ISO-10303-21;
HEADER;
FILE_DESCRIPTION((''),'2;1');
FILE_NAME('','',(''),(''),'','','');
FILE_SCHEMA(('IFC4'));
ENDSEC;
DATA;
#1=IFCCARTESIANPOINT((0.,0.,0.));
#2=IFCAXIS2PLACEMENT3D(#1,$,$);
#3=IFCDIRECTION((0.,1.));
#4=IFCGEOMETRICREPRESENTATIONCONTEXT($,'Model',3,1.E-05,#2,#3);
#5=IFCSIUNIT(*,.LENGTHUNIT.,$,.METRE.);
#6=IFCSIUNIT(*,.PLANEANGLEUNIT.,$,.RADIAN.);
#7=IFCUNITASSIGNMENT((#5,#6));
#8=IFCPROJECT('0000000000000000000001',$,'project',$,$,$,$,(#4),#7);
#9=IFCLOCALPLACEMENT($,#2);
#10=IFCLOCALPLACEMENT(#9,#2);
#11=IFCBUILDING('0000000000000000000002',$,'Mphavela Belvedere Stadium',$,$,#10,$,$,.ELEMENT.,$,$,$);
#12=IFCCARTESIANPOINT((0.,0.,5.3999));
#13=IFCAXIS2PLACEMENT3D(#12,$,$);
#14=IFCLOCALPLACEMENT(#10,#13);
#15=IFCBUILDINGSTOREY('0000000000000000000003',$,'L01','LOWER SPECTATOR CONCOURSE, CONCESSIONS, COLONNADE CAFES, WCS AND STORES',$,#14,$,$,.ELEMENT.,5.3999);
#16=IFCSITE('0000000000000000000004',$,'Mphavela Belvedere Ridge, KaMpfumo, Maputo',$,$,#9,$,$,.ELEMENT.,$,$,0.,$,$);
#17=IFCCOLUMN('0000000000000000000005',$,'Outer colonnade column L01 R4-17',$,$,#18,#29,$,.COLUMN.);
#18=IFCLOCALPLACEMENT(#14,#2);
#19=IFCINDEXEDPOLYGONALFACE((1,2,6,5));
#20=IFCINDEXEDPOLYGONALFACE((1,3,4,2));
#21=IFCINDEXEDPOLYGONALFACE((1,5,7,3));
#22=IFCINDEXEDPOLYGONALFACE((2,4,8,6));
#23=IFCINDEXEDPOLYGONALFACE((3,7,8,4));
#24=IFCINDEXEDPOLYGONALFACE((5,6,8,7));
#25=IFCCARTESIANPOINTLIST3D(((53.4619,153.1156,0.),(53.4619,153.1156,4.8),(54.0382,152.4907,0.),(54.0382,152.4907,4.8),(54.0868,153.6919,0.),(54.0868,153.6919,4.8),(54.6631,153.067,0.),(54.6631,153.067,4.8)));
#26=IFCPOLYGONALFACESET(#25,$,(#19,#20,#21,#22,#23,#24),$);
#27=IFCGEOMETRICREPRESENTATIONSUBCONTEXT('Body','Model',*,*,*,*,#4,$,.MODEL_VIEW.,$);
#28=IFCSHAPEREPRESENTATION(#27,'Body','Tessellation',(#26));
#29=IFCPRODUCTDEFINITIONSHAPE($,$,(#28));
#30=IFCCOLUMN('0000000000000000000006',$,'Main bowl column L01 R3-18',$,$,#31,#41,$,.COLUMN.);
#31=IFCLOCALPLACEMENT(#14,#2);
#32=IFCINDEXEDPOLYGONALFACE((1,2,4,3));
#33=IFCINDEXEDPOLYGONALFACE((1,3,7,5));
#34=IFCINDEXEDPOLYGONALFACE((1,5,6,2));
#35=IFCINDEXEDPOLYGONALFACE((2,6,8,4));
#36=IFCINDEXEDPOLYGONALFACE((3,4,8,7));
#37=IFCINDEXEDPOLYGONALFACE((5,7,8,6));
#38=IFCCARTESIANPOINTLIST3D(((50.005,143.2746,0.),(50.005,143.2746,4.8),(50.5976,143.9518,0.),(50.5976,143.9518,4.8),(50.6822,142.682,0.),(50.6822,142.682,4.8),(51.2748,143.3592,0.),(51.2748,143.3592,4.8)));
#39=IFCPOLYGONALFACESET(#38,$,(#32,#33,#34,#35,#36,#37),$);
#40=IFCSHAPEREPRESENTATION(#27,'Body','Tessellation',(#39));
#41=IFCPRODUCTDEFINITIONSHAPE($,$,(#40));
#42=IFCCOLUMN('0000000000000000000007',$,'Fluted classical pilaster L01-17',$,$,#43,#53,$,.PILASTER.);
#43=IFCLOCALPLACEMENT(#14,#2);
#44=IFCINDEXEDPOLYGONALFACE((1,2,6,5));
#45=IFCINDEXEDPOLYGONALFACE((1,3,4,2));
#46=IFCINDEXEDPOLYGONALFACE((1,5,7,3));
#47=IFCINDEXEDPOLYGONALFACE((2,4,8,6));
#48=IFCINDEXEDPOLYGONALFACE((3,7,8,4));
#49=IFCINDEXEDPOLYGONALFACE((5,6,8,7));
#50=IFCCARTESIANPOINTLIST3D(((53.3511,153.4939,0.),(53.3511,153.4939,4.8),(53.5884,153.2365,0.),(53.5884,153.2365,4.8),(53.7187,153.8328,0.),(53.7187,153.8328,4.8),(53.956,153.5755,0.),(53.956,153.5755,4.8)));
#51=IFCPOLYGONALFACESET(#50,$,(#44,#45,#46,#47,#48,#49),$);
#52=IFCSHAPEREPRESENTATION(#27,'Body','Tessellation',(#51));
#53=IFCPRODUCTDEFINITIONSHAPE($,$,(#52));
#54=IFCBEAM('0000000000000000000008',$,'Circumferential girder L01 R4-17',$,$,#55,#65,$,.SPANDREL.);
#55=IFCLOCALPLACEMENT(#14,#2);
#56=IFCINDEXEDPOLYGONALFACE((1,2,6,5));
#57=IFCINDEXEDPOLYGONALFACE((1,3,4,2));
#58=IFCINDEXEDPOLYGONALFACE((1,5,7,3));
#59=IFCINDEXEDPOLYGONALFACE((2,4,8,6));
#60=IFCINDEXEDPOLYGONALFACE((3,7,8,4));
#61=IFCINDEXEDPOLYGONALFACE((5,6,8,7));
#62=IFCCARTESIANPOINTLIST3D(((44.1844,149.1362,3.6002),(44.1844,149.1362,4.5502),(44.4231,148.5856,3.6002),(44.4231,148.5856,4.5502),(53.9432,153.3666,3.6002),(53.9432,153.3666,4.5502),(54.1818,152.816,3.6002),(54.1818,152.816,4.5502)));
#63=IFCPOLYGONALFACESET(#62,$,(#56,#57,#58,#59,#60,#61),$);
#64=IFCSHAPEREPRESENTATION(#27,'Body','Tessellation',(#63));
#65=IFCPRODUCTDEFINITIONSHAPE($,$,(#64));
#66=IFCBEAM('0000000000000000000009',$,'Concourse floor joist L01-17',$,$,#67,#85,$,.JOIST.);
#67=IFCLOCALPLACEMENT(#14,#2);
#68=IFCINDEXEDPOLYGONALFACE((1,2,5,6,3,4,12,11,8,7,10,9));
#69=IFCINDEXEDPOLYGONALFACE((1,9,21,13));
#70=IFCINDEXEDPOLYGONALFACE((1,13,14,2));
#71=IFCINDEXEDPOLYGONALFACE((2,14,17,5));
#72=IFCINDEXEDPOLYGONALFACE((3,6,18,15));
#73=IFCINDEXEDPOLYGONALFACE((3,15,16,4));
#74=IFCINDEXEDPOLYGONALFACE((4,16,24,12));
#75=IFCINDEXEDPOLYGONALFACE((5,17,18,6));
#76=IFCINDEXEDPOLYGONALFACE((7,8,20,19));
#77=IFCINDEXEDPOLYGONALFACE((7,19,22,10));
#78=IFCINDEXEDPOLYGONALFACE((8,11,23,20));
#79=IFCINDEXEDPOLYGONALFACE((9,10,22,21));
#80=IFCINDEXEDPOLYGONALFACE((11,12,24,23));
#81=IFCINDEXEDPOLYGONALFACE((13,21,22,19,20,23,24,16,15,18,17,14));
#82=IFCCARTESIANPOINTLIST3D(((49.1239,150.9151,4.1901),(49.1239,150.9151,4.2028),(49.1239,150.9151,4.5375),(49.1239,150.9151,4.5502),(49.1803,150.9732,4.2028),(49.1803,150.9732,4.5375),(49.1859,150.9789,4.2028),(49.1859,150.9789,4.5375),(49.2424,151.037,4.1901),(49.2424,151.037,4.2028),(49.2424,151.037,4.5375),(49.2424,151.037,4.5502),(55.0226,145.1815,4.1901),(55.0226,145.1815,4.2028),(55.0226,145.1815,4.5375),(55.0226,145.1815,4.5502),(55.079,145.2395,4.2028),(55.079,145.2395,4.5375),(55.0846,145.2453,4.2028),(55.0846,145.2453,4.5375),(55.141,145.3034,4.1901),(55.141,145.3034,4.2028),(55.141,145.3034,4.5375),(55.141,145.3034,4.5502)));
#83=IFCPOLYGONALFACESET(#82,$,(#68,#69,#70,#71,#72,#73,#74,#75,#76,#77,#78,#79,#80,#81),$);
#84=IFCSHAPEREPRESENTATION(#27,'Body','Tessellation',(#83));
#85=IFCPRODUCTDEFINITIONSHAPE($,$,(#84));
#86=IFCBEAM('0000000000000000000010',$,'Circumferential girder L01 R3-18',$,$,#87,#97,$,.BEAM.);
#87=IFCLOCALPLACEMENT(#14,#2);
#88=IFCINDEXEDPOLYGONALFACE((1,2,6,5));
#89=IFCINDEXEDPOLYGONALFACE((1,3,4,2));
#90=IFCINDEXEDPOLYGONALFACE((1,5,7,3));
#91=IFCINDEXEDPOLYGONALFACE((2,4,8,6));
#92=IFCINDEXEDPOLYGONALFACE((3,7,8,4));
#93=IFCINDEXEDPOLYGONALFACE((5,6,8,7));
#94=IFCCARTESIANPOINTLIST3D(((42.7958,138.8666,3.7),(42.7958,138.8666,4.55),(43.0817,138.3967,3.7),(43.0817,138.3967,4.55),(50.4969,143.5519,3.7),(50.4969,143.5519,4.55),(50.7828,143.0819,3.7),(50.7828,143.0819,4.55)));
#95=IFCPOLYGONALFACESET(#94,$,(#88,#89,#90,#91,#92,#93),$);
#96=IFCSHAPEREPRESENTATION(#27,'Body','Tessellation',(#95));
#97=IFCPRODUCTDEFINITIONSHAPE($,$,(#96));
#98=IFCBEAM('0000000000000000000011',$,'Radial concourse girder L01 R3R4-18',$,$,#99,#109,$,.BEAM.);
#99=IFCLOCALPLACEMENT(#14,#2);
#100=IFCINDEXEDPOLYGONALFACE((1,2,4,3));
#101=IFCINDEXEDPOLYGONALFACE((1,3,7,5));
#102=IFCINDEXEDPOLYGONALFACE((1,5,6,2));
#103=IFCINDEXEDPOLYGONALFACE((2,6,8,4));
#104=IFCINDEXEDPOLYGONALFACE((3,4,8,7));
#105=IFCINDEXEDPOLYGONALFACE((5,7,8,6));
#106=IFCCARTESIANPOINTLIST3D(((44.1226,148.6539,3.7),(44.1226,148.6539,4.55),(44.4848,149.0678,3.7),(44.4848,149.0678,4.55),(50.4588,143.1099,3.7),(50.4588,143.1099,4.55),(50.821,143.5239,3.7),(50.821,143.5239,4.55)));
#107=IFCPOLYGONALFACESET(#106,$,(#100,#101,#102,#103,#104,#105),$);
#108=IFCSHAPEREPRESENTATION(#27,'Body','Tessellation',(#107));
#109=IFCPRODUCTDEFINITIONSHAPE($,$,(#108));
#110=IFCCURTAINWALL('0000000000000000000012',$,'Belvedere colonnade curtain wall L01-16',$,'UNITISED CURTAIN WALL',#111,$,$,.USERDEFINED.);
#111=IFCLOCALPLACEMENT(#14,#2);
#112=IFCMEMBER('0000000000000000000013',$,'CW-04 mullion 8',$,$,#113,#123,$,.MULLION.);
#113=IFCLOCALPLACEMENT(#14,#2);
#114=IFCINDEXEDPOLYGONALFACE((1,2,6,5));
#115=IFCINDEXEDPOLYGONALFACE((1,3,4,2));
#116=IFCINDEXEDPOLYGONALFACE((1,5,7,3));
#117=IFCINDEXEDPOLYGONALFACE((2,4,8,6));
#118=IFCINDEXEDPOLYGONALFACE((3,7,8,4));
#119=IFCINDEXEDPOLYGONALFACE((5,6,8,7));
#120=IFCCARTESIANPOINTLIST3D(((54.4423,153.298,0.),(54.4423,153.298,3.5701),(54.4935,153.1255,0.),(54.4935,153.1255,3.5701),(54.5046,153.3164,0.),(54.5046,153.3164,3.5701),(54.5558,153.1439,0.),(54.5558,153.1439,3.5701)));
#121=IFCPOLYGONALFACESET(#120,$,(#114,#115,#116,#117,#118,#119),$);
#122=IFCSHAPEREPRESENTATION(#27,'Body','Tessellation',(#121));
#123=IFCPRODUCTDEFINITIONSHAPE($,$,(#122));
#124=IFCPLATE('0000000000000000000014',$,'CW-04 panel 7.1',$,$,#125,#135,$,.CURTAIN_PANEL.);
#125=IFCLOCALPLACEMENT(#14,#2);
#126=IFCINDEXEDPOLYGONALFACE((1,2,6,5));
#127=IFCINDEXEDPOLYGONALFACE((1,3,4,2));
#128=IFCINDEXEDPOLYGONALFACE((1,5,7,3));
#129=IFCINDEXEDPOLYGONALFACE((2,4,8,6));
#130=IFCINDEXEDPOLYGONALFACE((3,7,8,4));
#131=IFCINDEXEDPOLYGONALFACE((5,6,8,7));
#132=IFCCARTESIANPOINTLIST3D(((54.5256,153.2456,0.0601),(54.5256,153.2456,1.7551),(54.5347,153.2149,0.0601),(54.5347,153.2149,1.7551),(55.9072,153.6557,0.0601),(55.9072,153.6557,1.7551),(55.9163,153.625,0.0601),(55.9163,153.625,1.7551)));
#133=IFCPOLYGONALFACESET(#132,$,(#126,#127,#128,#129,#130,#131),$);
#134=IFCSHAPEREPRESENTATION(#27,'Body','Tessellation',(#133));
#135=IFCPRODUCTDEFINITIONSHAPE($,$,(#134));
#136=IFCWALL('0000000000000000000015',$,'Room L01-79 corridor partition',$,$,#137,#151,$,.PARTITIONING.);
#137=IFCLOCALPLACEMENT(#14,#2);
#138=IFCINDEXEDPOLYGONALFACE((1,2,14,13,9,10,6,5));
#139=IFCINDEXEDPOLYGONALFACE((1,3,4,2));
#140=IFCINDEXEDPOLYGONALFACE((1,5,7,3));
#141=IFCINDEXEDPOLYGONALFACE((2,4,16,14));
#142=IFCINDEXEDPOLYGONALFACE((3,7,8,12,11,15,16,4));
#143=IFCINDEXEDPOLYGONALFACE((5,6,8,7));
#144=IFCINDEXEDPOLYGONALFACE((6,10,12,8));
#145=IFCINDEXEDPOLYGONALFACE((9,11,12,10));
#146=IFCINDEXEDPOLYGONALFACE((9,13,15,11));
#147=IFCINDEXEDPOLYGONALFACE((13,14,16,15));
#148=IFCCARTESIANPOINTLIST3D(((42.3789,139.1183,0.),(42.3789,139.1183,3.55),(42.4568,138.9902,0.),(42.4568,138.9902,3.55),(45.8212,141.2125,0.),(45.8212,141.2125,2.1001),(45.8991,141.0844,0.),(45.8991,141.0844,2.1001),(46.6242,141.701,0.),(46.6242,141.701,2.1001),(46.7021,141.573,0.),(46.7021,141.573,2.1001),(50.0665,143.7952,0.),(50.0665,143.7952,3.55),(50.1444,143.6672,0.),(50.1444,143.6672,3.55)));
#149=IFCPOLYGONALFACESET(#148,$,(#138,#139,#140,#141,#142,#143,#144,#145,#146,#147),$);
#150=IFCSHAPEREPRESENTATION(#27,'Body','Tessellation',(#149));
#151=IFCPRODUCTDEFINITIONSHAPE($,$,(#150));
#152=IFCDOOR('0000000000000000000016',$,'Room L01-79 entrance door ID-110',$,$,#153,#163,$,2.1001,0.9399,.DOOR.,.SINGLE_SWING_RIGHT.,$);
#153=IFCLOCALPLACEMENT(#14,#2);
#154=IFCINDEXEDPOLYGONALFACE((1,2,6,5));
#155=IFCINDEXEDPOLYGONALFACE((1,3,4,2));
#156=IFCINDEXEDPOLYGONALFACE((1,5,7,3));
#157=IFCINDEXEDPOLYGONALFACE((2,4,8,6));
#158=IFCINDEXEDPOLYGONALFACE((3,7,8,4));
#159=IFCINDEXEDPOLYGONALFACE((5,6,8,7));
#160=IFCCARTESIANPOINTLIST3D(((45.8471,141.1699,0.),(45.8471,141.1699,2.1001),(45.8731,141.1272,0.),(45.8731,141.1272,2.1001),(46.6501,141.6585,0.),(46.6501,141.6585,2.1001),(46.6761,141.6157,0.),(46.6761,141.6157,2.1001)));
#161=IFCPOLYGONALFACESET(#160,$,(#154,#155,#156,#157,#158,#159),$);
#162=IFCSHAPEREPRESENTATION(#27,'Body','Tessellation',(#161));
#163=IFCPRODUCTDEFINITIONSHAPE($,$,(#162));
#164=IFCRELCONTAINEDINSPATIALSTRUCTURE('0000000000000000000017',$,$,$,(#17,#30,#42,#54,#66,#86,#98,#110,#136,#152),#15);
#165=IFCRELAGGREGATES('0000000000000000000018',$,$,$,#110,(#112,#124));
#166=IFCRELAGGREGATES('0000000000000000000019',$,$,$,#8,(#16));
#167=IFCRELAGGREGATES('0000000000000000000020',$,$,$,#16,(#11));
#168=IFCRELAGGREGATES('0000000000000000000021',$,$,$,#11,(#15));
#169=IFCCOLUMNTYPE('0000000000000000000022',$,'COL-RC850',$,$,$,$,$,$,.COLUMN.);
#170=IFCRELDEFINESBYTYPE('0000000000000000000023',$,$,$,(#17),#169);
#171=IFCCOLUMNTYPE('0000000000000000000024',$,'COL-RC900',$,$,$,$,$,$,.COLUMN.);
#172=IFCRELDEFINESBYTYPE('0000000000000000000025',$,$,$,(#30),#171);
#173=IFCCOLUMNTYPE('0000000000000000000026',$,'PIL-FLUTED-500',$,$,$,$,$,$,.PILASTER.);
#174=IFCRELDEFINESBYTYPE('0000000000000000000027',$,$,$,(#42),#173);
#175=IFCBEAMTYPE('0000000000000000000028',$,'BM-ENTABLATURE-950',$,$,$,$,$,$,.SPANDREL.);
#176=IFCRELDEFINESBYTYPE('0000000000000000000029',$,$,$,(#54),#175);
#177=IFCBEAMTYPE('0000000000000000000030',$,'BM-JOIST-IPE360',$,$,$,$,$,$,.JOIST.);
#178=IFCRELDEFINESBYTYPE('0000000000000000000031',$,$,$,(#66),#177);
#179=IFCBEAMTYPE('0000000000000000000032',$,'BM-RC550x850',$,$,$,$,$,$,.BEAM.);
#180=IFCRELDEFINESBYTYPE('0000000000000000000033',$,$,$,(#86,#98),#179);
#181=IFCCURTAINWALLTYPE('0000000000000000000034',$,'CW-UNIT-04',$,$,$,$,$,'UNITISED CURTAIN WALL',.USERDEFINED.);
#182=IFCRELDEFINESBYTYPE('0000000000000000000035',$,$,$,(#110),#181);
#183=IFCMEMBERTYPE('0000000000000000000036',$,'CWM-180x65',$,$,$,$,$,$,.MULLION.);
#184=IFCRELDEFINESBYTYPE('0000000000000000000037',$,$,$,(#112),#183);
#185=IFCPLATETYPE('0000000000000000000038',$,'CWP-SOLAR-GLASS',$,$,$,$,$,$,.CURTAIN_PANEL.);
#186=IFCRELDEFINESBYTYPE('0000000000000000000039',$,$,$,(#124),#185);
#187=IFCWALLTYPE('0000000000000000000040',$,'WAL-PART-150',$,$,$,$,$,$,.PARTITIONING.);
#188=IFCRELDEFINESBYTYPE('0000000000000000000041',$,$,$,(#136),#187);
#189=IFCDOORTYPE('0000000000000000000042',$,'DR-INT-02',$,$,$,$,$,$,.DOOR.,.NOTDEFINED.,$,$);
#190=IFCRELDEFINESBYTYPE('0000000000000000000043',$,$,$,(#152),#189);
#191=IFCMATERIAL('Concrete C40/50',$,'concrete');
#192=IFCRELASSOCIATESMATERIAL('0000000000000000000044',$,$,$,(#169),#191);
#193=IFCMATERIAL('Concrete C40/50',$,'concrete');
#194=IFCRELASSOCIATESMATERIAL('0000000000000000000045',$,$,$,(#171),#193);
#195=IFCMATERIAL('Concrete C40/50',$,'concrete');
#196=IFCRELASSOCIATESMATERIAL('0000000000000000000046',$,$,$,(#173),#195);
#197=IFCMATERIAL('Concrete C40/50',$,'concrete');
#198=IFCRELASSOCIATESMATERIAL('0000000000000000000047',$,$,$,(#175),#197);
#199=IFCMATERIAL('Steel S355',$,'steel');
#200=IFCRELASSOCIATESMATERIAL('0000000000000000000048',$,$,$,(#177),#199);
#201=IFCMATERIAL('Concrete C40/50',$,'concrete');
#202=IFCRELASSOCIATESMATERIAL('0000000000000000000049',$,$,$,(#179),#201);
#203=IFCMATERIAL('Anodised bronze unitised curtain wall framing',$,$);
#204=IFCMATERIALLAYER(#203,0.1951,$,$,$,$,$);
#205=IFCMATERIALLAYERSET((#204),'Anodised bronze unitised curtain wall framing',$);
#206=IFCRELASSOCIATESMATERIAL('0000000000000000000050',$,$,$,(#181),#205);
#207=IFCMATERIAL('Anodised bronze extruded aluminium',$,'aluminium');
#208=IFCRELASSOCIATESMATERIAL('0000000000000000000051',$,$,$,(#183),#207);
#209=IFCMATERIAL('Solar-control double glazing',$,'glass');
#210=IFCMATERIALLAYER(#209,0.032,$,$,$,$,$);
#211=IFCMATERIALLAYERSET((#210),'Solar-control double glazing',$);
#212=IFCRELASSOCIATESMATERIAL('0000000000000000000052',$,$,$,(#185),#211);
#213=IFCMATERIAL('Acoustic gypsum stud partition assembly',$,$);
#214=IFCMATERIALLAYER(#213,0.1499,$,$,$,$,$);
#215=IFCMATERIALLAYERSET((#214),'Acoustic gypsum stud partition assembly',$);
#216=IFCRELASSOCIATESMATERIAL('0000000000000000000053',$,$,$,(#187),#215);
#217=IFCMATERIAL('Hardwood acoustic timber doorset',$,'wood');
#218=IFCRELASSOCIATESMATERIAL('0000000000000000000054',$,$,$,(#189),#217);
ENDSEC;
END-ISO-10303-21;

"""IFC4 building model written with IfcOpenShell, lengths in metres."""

from ifc_helpers import new_model, si_unit, direction, frame, frame_2d, origin, origin_2d, place, context, subcontext, project, spatial, rectangle, i_section, extrude, material, layer, layer_set, material_profile, profile_set, type_object, element, fill, aggregate, save


model = new_model("IFC4")

# Units and contexts
model_context = context("Model", 3, precision=1e-05, world=origin(), true_north=direction((0.0, 1.0)))
body_context = subcontext(model_context, "Body", "Model", "MODEL_VIEW")
ifc_project = project(units=[si_unit("LENGTHUNIT", "METRE"), si_unit("PLANEANGLEUNIT", "RADIAN")], contexts=[model_context])

# Site, building, storey
site_placement = place(None, origin())
site = spatial("IfcSite", under=ifc_project, at=site_placement, Name="Mphavela Belvedere Ridge, KaMpfumo, Maputo", CompositionType="ELEMENT", RefElevation=0.0)
building_placement = place(site_placement, origin())
building = spatial("IfcBuilding", under=site, at=building_placement, Name="Mphavela Belvedere Stadium", CompositionType="ELEMENT")
storey_placement = place(building_placement, frame((0.0, 0.0, 5.3999)))
storey = spatial("IfcBuildingStorey", under=building, at=storey_placement, Name="L01", Description="LOWER SPECTATOR CONCOURSE, CONCESSIONS, COLONNADE CAFES, WCS AND STORES", CompositionType="ELEMENT", Elevation=5.3999)

# Columns
ifc_material_1 = material(Name="Concrete C40/50", Category="concrete")
ifc_material_profile_1 = material_profile(ifc_material_1, rectangle(XDim=0.8501, YDim=0.8501, at=origin_2d()), Name="RC 850x850")
ifc_profile_set_1 = profile_set([ifc_material_profile_1], Name="Concrete C40/50")
column_type_1 = type_object("IfcColumnType", Name="COL-RC850", PredefinedType="COLUMN", material=ifc_profile_set_1)
column_1_placement = place(storey_placement, frame((54.0625, 153.0913, 0.0), z_axis=(0.0, 0.0, 1.0), x_axis=(-0.677903, 0.735151, 0.0)))
element("IfcColumn", 1, at=column_1_placement, inside=storey, type_object=column_type_1, Name="Outer colonnade column L01 R4-17", PredefinedType="COLUMN", context=body_context, shape_type="SweptSolid", body=[
    extrude(rectangle(XDim=0.8501, YDim=0.8501, at=origin_2d()), origin(), (0.0, 0.0, 1.0), 4.8),
])
ifc_material_2 = material(Name="Concrete C40/50", Category="concrete")
ifc_material_profile_2 = material_profile(ifc_material_2, rectangle(XDim=0.8999, YDim=0.8999, at=origin_2d()), Name="RC 900x900")
ifc_profile_set_2 = profile_set([ifc_material_profile_2], Name="Concrete C40/50")
column_type_2 = type_object("IfcColumnType", Name="COL-RC900", PredefinedType="COLUMN", material=ifc_profile_set_2)
column_2_placement = place(storey_placement, frame((50.6399, 143.3169, 0.0), z_axis=(0.0, 0.0, 1.0), x_axis=(-0.75253, 0.658558, 0.0)))
element("IfcColumn", 2, at=column_2_placement, inside=storey, type_object=column_type_2, Name="Main bowl column L01 R3-18", PredefinedType="COLUMN", context=body_context, shape_type="SweptSolid", body=[
    extrude(rectangle(XDim=0.8999, YDim=0.8999, at=origin_2d()), origin(), (0.0, 0.0, 1.0), 4.8),
])
ifc_material_3 = material(Name="Concrete C40/50", Category="concrete")
ifc_material_profile_3 = material_profile(ifc_material_3, rectangle(XDim=0.5, YDim=0.3501, at=origin_2d()), Name="PIL 500x350")
ifc_profile_set_3 = profile_set([ifc_material_profile_3], Name="Concrete C40/50")
column_type_3 = type_object("IfcColumnType", Name="PIL-FLUTED-500", PredefinedType="PILASTER", material=ifc_profile_set_3)
column_3_placement = place(storey_placement, frame((53.6536, 153.5347, 0.0), z_axis=(0.0, 0.0, 1.0), x_axis=(-0.735151, -0.677903, 0.0)))
element("IfcColumn", 3, at=column_3_placement, inside=storey, type_object=column_type_3, Name="Fluted classical pilaster L01-17", PredefinedType="PILASTER", context=body_context, shape_type="SweptSolid", body=[
    extrude(rectangle(XDim=0.5, YDim=0.3501, at=origin_2d()), origin(), (0.0, 0.0, 1.0), 4.8),
])

# Beams
ifc_material_4 = material(Name="Concrete C40/50", Category="concrete")
ifc_material_profile_4 = material_profile(ifc_material_4, rectangle(XDim=0.6001, YDim=0.95, at=origin_2d()), Name="RC 600x950")
ifc_profile_set_4 = profile_set([ifc_material_profile_4], Name="Concrete C40/50")
beam_type_1 = type_object("IfcBeamType", Name="BM-ENTABLATURE-950", PredefinedType="SPANDREL", material=ifc_profile_set_4)
beam_1_placement = place(storey_placement, frame((54.0625, 153.0913, 4.0752), z_axis=(-0.917499, -0.397739, 0.0), x_axis=(0.397739, -0.917499, 0.0)))
element("IfcBeam", 4, at=beam_1_placement, inside=storey, type_object=beam_type_1, Name="Circumferential girder L01 R4-17", PredefinedType="SPANDREL", context=body_context, shape_type="SweptSolid", body=[
    extrude(rectangle(XDim=0.6001, YDim=0.95, at=origin_2d()), origin(), (0.0, 0.0, 1.0), 10.6362),
])
ifc_material_5 = material(Name="Steel S355", Category="steel")
ifc_material_profile_5 = material_profile(ifc_material_5, i_section(OverallWidth=0.1699, OverallDepth=0.3601, WebThickness=0.0081, FlangeThickness=0.0127, at=origin_2d()), Name="IPE 360")
ifc_profile_set_5 = profile_set([ifc_material_profile_5], Name="Steel S355")
beam_type_2 = type_object("IfcBeamType", Name="BM-JOIST-IPE360", PredefinedType="JOIST", material=ifc_profile_set_5)
beam_2_placement = place(storey_placement, frame((55.0818, 145.2424, 4.3701), z_axis=(-0.717067, 0.697004, 0.0), x_axis=(-0.697004, -0.717067, 0.0)))
element("IfcBeam", 5, at=beam_2_placement, inside=storey, type_object=beam_type_2, Name="Concourse floor joist L01-17", PredefinedType="JOIST", context=body_context, shape_type="SweptSolid", body=[
    extrude(i_section(OverallWidth=0.1699, OverallDepth=0.3601, WebThickness=0.0081, FlangeThickness=0.0127, at=origin_2d()), origin(), (0.0, 0.0, 1.0), 8.2261),
])
ifc_material_6 = material(Name="Concrete C40/50", Category="concrete")
ifc_material_profile_6 = material_profile(ifc_material_6, rectangle(XDim=0.55, YDim=0.8501, at=origin_2d()), Name="RC 550x850")
ifc_profile_set_6 = profile_set([ifc_material_profile_6], Name="Concrete C40/50")
beam_type_3 = type_object("IfcBeamType", Name="BM-RC550x850", PredefinedType="BEAM", material=ifc_profile_set_6)
beam_3_placement = place(storey_placement, frame((50.6399, 143.3169, 4.125), z_axis=(-0.854315, -0.519755, 0.0), x_axis=(0.519755, -0.854315, 0.0)))
element("IfcBeam", 6, at=beam_3_placement, inside=storey, type_object=beam_type_3, Name="Circumferential girder L01 R3-18", PredefinedType="BEAM", context=body_context, shape_type="SweptSolid", body=[
    extrude(rectangle(XDim=0.55, YDim=0.8501, at=origin_2d()), origin(), (0.0, 0.0, 1.0), 9.0144),
])
beam_4_placement = place(storey_placement, frame((50.6399, 143.3169, 4.125), z_axis=(-0.752589, 0.65849, 0.0), x_axis=(-0.65849, -0.752589, 0.0)))
element("IfcBeam", 7, at=beam_4_placement, inside=storey, type_object=beam_type_3, Name="Radial concourse girder L01 R3R4-18", PredefinedType="BEAM", context=body_context, shape_type="SweptSolid", body=[
    extrude(rectangle(XDim=0.55, YDim=0.8501, at=origin_2d()), origin(), (0.0, 0.0, 1.0), 8.4192),
])

# Curtain wall, member, plate
ifc_material_7 = material(Name="Anodised bronze unitised curtain wall framing")
ifc_layer_1 = layer(ifc_material_7, 0.1951)
ifc_layer_set_1 = layer_set([ifc_layer_1], Name="Anodised bronze unitised curtain wall framing")
curtain_wall_type = type_object("IfcCurtainWallType", Name="CW-UNIT-04", ElementType="UNITISED CURTAIN WALL", PredefinedType="USERDEFINED", material=ifc_layer_set_1)
curtain_wall_placement = place(storey_placement, origin())
curtain_wall = element("IfcCurtainWall", 8, at=curtain_wall_placement, inside=storey, type_object=curtain_wall_type, Name="Belvedere colonnade curtain wall L01-16", ObjectType="UNITISED CURTAIN WALL", PredefinedType="USERDEFINED")
ifc_material_8 = material(Name="Anodised bronze extruded aluminium", Category="aluminium")
ifc_material_profile_7 = material_profile(ifc_material_8, rectangle(XDim=0.1799, YDim=0.0649, at=origin_2d()), Name="CW-MUL 180x65")
ifc_profile_set_7 = profile_set([ifc_material_profile_7], Name="Anodised bronze extruded aluminium")
member_type = type_object("IfcMemberType", Name="CWM-180x65", PredefinedType="MULLION", material=ifc_profile_set_7)
member_placement = place(storey_placement, frame((54.499, 153.2209, 0.0), z_axis=(0.0, 0.0, 1.0), x_axis=(0.284551, -0.958661, 0.0)))
member = element("IfcMember", 9, at=member_placement, type_object=member_type, Name="CW-04 mullion 8", PredefinedType="MULLION", context=body_context, shape_type="SweptSolid", body=[
    extrude(rectangle(XDim=0.1799, YDim=0.0649, at=origin_2d()), origin(), (0.0, 0.0, 1.0), 3.5701),
])
ifc_material_9 = material(Name="Solar-control double glazing", Category="glass")
ifc_layer_2 = layer(ifc_material_9, 0.032)
ifc_layer_set_2 = layer_set([ifc_layer_2], Name="Solar-control double glazing")
plate_type = type_object("IfcPlateType", Name="CWP-SOLAR-GLASS", PredefinedType="CURTAIN_PANEL", material=ifc_layer_set_2)
plate_placement = place(storey_placement, frame((55.2209, 153.4353, 0.0601), z_axis=(0.0, 0.0, 1.0), x_axis=(-0.958661, -0.284551, 0.0)))
plate = element("IfcPlate", 10, at=plate_placement, type_object=plate_type, Name="CW-04 panel 7.1", PredefinedType="CURTAIN_PANEL", context=body_context, shape_type="SweptSolid", body=[
    extrude(rectangle(XDim=1.4412, YDim=0.032, at=origin_2d()), origin(), (0.0, 0.0, 1.0), 1.6951),
])
aggregate(curtain_wall, [member, plate])

# Wall, opening, door
ifc_material_10 = material(Name="Acoustic gypsum stud partition assembly")
ifc_layer_3 = layer(ifc_material_10, 0.1499)
ifc_layer_set_3 = layer_set([ifc_layer_3], Name="Acoustic gypsum stud partition assembly")
wall_type_1 = type_object("IfcWallType", Name="WAL-PART-150", PredefinedType="PARTITIONING", material=ifc_layer_set_3)
wall_1_placement = place(storey_placement, frame((50.1055, 143.7312, 0.0), z_axis=(0.0, 0.0, 1.0), x_axis=(-0.854322, -0.519745, 0.0)))
wall_1 = element("IfcWall", 11, at=wall_1_placement, inside=storey, type_object=wall_type_1, Name="Room L01-79 corridor partition", PredefinedType="PARTITIONING", context=body_context, shape_type="SweptSolid", body=[
    extrude(rectangle(XDim=8.9985, YDim=0.1499, at=frame_2d((4.4993, 0.0))), origin(), (0.0, 0.0, 1.0), 3.55),
])
opening_1_placement = place(wall_1_placement, frame((4.0293, 0.0, 0.0)))
opening_1 = element("IfcOpeningElement", 12, at=opening_1_placement, cuts=wall_1, PredefinedType="OPENING", context=body_context, shape_type="SweptSolid", body=[
    extrude(rectangle(XDim=0.9399, YDim=2.1001, at=frame_2d((0.47, 1.05))), frame((0.0, 0.085, 0.0), z_axis=(0.0, -1.0, 0.0), x_axis=(1.0, 0.0, 0.0)), (0.0, 0.0, 1.0), 0.1699),
])
ifc_material_11 = material(Name="Hardwood acoustic timber doorset", Category="wood")
door_type_1 = type_object("IfcDoorType", Name="DR-INT-02", OperationType="NOTDEFINED", PredefinedType="DOOR", material=ifc_material_11)
door_1_placement = place(opening_1_placement, origin())
door_1 = element("IfcDoor", 13, at=door_1_placement, inside=storey, type_object=door_type_1, Name="Room L01-79 entrance door ID-110", OperationType="SINGLE_SWING_RIGHT", OverallHeight=2.1001, OverallWidth=0.9399, PredefinedType="DOOR", context=body_context, shape_type="SweptSolid", body=[
    extrude(rectangle(XDim=0.9399, YDim=2.1001, at=frame_2d((0.47, 1.05))), frame((0.0, 0.0249, 0.0), z_axis=(0.0, -1.0, 0.0), x_axis=(1.0, 0.0, 0.0)), (0.0, 0.0, 1.0), 0.05),
])
fill(opening_1, door_1)

save(model, "model.ifc")
